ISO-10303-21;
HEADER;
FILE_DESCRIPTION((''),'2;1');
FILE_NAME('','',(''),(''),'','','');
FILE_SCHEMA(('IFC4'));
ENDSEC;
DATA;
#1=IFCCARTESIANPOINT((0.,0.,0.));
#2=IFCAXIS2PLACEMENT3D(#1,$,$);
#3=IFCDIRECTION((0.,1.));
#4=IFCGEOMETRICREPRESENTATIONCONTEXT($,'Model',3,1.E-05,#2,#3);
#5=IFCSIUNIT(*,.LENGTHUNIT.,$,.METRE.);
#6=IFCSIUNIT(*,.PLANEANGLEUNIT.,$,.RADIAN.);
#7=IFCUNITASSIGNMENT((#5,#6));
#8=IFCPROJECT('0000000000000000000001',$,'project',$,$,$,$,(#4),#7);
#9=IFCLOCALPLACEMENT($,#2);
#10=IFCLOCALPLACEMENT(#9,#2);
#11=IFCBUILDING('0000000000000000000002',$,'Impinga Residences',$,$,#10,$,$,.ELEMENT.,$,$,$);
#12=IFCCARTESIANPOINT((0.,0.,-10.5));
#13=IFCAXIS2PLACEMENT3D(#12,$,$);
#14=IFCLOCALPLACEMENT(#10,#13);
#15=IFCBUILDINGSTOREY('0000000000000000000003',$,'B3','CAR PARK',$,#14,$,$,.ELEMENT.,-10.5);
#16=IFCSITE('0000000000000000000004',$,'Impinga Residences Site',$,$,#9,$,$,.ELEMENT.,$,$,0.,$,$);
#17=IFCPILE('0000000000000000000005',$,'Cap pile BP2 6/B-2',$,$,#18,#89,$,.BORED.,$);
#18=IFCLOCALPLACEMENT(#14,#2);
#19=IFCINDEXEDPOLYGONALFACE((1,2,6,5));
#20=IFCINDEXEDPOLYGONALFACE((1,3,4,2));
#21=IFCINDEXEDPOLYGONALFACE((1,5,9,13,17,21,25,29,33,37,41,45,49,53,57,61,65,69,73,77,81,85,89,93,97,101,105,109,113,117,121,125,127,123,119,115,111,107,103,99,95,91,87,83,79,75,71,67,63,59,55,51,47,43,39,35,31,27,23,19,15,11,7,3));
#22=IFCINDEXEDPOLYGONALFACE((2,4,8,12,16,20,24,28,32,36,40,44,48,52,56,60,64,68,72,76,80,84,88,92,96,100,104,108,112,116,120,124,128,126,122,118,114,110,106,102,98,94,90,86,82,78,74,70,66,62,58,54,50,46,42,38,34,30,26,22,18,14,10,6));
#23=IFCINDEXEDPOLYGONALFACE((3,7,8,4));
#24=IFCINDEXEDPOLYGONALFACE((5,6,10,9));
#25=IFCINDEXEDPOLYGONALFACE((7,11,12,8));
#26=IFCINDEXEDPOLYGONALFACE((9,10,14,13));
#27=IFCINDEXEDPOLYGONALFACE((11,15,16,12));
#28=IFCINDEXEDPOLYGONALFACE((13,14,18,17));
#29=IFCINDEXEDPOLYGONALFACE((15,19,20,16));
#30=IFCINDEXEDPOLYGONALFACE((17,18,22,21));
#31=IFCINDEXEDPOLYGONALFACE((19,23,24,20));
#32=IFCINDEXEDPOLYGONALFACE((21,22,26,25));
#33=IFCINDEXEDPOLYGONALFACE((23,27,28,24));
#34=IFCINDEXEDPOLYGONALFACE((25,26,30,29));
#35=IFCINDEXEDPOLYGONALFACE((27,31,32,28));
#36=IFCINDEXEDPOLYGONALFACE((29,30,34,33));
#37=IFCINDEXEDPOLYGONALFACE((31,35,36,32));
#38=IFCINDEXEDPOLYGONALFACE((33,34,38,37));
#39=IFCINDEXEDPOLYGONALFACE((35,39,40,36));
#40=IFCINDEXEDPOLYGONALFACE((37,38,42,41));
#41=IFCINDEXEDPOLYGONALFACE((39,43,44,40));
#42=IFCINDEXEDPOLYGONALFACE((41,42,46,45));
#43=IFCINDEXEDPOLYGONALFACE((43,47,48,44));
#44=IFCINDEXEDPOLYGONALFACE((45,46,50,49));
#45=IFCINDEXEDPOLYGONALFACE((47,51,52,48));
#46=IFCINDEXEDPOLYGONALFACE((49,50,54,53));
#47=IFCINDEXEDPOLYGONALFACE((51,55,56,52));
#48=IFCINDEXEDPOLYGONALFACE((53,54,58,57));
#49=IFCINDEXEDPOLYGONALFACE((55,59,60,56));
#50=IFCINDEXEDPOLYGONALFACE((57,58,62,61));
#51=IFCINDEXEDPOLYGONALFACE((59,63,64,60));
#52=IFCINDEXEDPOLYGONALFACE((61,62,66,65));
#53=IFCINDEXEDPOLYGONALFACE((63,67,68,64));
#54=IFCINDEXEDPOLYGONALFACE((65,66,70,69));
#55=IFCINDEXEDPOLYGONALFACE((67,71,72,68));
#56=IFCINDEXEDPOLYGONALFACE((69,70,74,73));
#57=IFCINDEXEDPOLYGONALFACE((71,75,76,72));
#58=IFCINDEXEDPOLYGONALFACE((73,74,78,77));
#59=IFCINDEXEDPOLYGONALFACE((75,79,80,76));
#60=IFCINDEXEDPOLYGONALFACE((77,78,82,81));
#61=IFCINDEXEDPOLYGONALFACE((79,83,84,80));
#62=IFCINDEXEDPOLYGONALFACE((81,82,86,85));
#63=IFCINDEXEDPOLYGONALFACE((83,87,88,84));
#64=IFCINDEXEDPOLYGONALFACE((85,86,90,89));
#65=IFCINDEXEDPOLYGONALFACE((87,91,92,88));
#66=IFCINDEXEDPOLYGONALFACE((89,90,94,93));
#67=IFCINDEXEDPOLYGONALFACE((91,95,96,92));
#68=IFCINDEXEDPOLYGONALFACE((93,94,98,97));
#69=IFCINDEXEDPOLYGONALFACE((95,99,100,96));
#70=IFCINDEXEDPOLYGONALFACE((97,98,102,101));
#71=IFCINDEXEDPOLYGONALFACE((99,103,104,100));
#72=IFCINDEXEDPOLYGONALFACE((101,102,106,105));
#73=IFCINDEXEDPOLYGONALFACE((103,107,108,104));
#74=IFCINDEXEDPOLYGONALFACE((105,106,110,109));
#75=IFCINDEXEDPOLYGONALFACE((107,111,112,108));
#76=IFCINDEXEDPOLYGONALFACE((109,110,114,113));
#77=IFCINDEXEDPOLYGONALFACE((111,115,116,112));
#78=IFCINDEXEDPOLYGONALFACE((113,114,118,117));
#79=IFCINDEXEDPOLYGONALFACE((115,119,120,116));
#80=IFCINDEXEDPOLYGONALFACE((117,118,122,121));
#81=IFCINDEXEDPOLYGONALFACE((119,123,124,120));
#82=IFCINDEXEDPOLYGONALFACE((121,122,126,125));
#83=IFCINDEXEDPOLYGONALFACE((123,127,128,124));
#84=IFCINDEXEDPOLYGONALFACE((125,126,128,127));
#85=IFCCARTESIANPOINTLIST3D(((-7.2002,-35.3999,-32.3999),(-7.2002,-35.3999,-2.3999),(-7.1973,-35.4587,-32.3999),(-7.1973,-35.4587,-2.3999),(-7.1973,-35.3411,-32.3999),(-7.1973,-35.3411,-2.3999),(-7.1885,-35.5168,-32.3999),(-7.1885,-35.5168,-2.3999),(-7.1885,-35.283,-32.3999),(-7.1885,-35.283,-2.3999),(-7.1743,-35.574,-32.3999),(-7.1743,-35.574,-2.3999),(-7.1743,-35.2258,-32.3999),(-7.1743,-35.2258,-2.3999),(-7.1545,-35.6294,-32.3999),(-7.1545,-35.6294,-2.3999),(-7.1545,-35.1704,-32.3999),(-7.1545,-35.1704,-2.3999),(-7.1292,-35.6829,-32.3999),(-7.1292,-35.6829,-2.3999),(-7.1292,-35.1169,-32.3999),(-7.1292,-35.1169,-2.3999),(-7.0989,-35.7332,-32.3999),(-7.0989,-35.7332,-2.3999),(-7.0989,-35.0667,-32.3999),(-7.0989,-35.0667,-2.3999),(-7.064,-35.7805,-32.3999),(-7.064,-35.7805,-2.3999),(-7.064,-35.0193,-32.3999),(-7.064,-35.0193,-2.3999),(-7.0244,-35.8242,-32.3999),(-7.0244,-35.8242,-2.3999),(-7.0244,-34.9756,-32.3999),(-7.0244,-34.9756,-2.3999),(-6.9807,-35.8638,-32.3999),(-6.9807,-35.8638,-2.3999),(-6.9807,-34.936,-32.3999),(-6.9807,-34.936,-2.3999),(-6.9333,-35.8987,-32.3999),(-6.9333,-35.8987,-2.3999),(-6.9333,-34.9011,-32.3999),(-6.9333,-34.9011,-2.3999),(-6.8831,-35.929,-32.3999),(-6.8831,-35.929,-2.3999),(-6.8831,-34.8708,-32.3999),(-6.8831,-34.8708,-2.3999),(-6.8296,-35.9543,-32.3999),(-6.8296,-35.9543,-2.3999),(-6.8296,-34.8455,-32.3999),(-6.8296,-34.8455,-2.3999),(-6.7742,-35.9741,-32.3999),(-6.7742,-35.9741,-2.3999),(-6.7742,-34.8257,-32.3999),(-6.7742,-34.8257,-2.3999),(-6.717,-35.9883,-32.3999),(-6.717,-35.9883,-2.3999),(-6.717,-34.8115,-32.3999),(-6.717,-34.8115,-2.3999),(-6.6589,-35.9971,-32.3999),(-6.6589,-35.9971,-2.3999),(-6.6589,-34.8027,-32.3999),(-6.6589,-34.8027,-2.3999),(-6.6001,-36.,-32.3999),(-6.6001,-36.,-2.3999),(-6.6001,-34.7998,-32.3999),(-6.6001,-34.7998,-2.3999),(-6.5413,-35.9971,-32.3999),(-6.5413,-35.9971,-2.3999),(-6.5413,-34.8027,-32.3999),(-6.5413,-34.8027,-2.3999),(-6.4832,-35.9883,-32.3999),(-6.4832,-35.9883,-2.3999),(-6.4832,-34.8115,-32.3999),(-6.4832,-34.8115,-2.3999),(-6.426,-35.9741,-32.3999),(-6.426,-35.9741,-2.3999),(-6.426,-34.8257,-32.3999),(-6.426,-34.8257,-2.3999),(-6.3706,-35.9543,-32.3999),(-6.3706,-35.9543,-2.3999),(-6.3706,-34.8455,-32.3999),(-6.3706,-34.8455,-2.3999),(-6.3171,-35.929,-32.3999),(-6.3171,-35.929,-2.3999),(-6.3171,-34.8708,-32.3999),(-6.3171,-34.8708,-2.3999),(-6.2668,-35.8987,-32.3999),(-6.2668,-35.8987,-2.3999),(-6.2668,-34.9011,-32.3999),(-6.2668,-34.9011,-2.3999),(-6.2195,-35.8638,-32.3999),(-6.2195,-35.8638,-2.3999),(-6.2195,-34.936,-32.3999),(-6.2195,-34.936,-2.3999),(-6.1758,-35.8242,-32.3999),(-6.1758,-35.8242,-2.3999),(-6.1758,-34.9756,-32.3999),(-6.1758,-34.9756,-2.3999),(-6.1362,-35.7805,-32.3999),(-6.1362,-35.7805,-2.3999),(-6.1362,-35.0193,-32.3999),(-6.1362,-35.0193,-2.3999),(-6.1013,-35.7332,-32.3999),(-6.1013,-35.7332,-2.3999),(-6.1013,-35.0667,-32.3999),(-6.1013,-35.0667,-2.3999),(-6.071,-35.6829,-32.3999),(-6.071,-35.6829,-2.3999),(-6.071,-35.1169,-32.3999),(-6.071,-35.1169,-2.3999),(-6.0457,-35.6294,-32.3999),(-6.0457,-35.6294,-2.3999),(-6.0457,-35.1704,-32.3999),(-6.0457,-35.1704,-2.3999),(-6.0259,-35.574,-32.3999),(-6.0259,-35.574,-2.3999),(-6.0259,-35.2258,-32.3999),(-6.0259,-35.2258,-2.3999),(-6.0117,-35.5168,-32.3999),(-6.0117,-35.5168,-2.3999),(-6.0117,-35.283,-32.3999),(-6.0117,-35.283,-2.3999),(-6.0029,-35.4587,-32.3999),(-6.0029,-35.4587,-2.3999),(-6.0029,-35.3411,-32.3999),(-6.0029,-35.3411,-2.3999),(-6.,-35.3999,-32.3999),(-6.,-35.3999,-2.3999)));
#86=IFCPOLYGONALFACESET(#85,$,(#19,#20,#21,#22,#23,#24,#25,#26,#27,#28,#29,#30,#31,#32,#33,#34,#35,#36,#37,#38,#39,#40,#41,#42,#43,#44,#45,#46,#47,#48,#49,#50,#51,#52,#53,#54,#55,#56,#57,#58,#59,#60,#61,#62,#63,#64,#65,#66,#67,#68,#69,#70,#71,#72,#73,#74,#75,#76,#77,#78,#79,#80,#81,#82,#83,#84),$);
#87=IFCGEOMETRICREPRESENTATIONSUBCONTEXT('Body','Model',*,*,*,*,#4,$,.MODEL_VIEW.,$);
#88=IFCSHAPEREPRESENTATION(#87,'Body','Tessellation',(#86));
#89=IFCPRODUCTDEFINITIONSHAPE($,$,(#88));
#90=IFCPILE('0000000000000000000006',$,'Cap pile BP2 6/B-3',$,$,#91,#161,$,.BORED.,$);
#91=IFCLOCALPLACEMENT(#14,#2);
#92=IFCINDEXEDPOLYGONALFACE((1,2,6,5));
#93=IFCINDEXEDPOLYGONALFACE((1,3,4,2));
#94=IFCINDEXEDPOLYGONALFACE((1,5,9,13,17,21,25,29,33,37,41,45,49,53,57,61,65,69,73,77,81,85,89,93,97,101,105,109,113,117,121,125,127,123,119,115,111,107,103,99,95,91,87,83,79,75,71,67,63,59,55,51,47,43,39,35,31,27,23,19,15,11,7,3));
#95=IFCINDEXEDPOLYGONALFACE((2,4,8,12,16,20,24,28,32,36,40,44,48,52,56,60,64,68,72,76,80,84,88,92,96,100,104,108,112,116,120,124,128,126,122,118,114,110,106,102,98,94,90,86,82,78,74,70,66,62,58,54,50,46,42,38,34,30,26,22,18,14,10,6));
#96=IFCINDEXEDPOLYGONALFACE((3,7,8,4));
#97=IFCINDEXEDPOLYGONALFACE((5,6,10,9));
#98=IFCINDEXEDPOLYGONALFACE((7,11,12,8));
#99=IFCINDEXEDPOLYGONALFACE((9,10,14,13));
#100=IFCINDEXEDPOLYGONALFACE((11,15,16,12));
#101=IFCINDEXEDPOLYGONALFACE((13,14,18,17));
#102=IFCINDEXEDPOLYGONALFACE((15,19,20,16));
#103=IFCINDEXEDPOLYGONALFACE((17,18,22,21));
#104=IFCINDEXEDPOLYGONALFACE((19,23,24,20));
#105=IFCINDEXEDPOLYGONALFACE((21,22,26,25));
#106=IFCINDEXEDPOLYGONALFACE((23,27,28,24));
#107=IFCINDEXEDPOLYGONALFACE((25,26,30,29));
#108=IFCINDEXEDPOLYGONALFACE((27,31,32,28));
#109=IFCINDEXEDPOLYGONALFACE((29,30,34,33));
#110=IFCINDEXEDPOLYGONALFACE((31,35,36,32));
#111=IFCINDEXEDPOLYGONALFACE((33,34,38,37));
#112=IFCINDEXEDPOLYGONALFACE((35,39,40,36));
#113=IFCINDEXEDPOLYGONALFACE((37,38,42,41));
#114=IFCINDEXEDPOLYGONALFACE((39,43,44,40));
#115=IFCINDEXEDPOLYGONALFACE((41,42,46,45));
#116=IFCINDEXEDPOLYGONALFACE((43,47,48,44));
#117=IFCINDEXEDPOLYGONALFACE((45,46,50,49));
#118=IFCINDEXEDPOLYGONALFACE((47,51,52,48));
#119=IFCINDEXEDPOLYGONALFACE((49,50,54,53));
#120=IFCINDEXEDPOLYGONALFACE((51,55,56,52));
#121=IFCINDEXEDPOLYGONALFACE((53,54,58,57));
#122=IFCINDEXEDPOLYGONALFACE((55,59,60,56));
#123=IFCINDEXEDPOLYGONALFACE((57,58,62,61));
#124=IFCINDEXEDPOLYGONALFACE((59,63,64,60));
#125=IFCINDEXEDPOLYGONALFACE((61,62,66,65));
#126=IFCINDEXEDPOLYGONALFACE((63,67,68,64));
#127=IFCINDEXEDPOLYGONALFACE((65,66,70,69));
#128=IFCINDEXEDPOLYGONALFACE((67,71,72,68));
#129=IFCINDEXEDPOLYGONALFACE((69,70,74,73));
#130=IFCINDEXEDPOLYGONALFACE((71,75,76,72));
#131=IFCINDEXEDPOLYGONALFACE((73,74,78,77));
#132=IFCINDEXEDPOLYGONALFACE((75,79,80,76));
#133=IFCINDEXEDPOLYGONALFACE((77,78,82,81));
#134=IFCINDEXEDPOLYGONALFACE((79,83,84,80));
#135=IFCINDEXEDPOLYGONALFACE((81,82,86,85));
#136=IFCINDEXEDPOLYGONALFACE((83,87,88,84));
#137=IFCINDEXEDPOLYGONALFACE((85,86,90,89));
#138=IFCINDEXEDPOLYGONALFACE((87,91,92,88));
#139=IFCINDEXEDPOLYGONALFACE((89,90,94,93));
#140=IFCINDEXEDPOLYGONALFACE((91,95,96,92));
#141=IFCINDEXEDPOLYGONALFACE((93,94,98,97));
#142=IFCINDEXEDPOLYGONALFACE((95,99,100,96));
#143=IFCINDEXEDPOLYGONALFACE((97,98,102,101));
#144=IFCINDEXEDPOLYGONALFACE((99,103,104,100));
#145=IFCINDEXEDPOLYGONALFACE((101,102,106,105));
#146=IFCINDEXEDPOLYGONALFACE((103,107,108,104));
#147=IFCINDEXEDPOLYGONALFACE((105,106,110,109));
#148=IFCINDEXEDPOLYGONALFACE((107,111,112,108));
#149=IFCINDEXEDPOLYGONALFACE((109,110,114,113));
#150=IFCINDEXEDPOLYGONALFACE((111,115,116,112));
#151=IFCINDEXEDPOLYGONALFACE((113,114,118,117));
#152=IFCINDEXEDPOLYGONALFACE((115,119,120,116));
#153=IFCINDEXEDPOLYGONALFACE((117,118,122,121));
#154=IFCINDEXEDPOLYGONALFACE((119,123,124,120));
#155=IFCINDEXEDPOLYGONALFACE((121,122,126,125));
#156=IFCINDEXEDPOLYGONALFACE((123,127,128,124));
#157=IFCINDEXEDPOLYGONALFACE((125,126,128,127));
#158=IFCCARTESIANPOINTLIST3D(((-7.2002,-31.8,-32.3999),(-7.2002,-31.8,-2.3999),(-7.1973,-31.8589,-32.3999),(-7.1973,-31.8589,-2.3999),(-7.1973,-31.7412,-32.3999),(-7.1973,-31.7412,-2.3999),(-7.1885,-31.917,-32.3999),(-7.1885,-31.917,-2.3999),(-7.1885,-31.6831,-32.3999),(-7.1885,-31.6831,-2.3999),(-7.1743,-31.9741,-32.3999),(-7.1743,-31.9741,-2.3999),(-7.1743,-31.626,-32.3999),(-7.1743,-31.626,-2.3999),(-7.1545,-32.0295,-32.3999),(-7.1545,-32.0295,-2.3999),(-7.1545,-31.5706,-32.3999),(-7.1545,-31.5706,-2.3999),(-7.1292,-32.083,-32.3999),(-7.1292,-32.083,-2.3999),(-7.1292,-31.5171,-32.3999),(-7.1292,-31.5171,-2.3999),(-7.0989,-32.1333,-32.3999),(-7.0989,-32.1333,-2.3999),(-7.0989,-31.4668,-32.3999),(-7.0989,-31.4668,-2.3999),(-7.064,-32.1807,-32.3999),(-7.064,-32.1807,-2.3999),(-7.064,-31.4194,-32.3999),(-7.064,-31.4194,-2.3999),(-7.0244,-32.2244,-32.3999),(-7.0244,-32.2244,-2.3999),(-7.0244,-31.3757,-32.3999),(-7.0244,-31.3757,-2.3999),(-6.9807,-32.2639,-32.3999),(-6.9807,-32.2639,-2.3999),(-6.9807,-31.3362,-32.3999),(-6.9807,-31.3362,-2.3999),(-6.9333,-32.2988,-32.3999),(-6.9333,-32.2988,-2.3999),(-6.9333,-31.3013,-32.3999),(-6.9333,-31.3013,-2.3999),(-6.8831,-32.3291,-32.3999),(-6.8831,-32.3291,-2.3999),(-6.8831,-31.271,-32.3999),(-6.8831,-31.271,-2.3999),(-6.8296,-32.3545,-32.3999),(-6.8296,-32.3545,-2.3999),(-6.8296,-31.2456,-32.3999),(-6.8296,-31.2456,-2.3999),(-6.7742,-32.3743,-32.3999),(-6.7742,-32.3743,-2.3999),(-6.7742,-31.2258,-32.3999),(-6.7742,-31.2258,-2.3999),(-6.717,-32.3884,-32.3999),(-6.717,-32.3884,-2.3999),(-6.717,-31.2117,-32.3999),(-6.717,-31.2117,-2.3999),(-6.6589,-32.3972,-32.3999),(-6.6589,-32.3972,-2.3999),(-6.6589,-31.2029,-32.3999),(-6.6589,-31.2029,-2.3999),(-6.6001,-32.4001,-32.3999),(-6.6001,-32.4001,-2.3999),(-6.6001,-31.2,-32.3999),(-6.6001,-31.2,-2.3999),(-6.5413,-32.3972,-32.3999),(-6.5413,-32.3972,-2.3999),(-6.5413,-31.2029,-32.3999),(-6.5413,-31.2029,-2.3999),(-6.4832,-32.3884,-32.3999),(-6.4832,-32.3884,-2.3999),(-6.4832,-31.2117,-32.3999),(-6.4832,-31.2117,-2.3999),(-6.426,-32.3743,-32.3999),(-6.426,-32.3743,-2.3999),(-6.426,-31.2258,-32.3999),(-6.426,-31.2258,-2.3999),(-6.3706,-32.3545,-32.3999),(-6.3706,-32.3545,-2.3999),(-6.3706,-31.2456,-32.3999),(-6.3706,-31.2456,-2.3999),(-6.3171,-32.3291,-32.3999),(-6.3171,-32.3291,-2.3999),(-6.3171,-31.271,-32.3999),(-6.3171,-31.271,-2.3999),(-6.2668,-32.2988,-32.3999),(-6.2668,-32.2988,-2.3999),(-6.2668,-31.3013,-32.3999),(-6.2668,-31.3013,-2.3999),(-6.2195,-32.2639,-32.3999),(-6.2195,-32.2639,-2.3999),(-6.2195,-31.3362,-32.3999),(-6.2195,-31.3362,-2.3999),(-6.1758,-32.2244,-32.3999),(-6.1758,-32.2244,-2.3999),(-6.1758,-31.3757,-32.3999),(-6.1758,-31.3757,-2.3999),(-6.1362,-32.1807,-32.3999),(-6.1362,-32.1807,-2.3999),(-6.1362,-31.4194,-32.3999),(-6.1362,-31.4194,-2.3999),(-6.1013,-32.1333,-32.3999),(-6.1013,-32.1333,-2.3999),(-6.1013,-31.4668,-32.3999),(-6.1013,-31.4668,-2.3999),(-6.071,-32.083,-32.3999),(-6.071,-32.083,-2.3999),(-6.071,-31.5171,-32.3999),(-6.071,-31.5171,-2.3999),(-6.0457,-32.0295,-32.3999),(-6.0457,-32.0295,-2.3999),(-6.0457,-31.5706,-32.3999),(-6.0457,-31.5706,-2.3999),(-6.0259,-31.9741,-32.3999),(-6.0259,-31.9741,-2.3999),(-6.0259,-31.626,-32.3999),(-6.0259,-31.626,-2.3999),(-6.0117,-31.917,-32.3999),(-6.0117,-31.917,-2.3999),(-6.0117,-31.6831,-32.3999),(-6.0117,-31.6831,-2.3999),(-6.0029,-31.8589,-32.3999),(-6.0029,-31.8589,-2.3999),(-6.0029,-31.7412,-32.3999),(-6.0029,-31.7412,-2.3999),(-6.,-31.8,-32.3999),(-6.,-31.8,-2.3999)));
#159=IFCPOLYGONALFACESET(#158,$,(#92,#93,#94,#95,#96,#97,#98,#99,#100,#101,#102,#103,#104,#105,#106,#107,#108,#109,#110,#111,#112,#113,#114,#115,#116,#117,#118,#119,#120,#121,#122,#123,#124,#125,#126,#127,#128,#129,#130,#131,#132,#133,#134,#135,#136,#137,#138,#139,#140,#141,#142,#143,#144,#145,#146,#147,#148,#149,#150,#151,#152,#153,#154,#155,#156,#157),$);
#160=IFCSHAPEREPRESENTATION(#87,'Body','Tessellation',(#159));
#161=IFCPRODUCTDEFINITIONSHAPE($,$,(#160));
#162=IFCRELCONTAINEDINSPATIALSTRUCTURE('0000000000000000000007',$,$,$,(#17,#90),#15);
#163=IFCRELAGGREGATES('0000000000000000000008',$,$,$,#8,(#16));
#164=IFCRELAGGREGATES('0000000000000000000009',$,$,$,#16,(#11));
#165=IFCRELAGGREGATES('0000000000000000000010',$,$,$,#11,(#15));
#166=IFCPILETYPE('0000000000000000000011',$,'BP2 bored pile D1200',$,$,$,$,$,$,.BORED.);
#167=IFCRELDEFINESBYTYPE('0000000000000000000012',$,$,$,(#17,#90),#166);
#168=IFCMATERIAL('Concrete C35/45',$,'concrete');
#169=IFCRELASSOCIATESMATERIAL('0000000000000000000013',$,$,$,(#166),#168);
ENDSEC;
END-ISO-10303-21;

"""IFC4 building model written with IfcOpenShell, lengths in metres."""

from ifc_helpers import new_model, si_unit, direction, frame, origin, origin_2d, place, context, subcontext, project, spatial, polyline, circle, outline, extrude, material, material_profile, profile_set, type_object, element, save


model = new_model("IFC4")

# Units and contexts
model_context = context("Model", 3, precision=1e-05, world=origin(), true_north=direction((0.0, 1.0)))
body_context = subcontext(model_context, "Body", "Model", "MODEL_VIEW")
ifc_project = project(units=[si_unit("LENGTHUNIT", "METRE"), si_unit("PLANEANGLEUNIT", "RADIAN")], contexts=[model_context])

# Site, building, storey
site_placement = place(None, origin())
site = spatial("IfcSite", under=ifc_project, at=site_placement, Name="Impinga Residences Site", CompositionType="ELEMENT", RefElevation=0.0)
building_placement = place(site_placement, origin())
building = spatial("IfcBuilding", under=site, at=building_placement, Name="Impinga Residences", CompositionType="ELEMENT")
storey_placement = place(building_placement, frame((0.0, 0.0, -10.5)))
storey = spatial("IfcBuildingStorey", under=building, at=storey_placement, Name="B3", Description="CAR PARK", CompositionType="ELEMENT", Elevation=-10.5)

# Piles
ifc_material_1 = material(Name="Concrete C35/45", Category="concrete")
ifc_material_profile_1 = material_profile(ifc_material_1, circle(Radius=0.6001, at=origin_2d()), Name="D1200")
ifc_profile_set_1 = profile_set([ifc_material_profile_1], Name="Concrete C35/45")
pile_type_1 = type_object("IfcPileType", Name="BP2 bored pile D1200", PredefinedType="BORED", material=ifc_profile_set_1)
pile_1_placement = place(storey_placement, frame((-6.6001, -35.3999, -2.3999), z_axis=(0.0, 0.0, -1.0), x_axis=(1.0, 0.0, 0.0)))
element("IfcPile", 1, at=pile_1_placement, inside=storey, type_object=pile_type_1, Name="Cap pile BP2 6/B-2", PredefinedType="BORED", context=body_context, shape_type="SweptSolid", body=[
    extrude(outline(polyline([(0.6001, 0.0), (0.5972, 0.0588), (0.5884, 0.1169), (0.5742, 0.1741), (0.5544, 0.2295), (0.5291, 0.283), (0.4988, 0.3333), (0.4639, 0.3806), (0.4243, 0.4243), (0.3806, 0.4639), (0.3333, 0.4988), (0.283, 0.5291), (0.2295, 0.5544), (0.1741, 0.5742), (0.1169, 0.5884), (0.0588, 0.5972), (0.0, 0.6001), (-0.0588, 0.5972), (-0.1169, 0.5884), (-0.1741, 0.5742), (-0.2295, 0.5544), (-0.283, 0.5291), (-0.3333, 0.4988), (-0.3806, 0.4639), (-0.4243, 0.4243), (-0.4639, 0.3806), (-0.4988, 0.3333), (-0.5291, 0.283), (-0.5544, 0.2295), (-0.5742, 0.1741), (-0.5884, 0.1169), (-0.5972, 0.0588), (-0.6001, 0.0), (-0.5972, -0.0588), (-0.5884, -0.1169), (-0.5742, -0.1741), (-0.5544, -0.2295), (-0.5291, -0.283), (-0.4988, -0.3333), (-0.4639, -0.3806), (-0.4243, -0.4243), (-0.3806, -0.4639), (-0.3333, -0.4988), (-0.283, -0.5291), (-0.2295, -0.5544), (-0.1741, -0.5742), (-0.1169, -0.5884), (-0.0588, -0.5972), (0.0, -0.6001), (0.0588, -0.5972), (0.1169, -0.5884), (0.1741, -0.5742), (0.2295, -0.5544), (0.283, -0.5291), (0.3333, -0.4988), (0.3806, -0.4639), (0.4243, -0.4243), (0.4639, -0.3806), (0.4988, -0.3333), (0.5291, -0.283), (0.5544, -0.2295), (0.5742, -0.1741), (0.5884, -0.1169), (0.5972, -0.0588), (0.6001, 0.0)])), origin(), (0.0, 0.0, 1.0), 30.0),
])
pile_2_placement = place(storey_placement, frame((-6.6001, -31.8, -2.3999), z_axis=(0.0, 0.0, -1.0), x_axis=(1.0, 0.0, 0.0)))
element("IfcPile", 2, at=pile_2_placement, inside=storey, type_object=pile_type_1, Name="Cap pile BP2 6/B-3", PredefinedType="BORED", context=body_context, shape_type="SweptSolid", body=[
    extrude(outline(polyline([(0.6001, 0.0), (0.5972, 0.0588), (0.5884, 0.1169), (0.5742, 0.1741), (0.5544, 0.2295), (0.5291, 0.283), (0.4988, 0.3333), (0.4639, 0.3806), (0.4243, 0.4243), (0.3806, 0.4639), (0.3333, 0.4988), (0.283, 0.5291), (0.2295, 0.5544), (0.1741, 0.5742), (0.1169, 0.5884), (0.0588, 0.5972), (0.0, 0.6001), (-0.0588, 0.5972), (-0.1169, 0.5884), (-0.1741, 0.5742), (-0.2295, 0.5544), (-0.283, 0.5291), (-0.3333, 0.4988), (-0.3806, 0.4639), (-0.4243, 0.4243), (-0.4639, 0.3806), (-0.4988, 0.3333), (-0.5291, 0.283), (-0.5544, 0.2295), (-0.5742, 0.1741), (-0.5884, 0.1169), (-0.5972, 0.0588), (-0.6001, 0.0), (-0.5972, -0.0588), (-0.5884, -0.1169), (-0.5742, -0.1741), (-0.5544, -0.2295), (-0.5291, -0.283), (-0.4988, -0.3333), (-0.4639, -0.3806), (-0.4243, -0.4243), (-0.3806, -0.4639), (-0.3333, -0.4988), (-0.283, -0.5291), (-0.2295, -0.5544), (-0.1741, -0.5742), (-0.1169, -0.5884), (-0.0588, -0.5972), (0.0, -0.6001), (0.0588, -0.5972), (0.1169, -0.5884), (0.1741, -0.5742), (0.2295, -0.5544), (0.283, -0.5291), (0.3333, -0.4988), (0.3806, -0.4639), (0.4243, -0.4243), (0.4639, -0.3806), (0.4988, -0.3333), (0.5291, -0.283), (0.5544, -0.2295), (0.5742, -0.1741), (0.5884, -0.1169), (0.5972, -0.0588), (0.6001, 0.0)])), origin(), (0.0, 0.0, 1.0), 30.0),
])

save(model, "model.ifc")
